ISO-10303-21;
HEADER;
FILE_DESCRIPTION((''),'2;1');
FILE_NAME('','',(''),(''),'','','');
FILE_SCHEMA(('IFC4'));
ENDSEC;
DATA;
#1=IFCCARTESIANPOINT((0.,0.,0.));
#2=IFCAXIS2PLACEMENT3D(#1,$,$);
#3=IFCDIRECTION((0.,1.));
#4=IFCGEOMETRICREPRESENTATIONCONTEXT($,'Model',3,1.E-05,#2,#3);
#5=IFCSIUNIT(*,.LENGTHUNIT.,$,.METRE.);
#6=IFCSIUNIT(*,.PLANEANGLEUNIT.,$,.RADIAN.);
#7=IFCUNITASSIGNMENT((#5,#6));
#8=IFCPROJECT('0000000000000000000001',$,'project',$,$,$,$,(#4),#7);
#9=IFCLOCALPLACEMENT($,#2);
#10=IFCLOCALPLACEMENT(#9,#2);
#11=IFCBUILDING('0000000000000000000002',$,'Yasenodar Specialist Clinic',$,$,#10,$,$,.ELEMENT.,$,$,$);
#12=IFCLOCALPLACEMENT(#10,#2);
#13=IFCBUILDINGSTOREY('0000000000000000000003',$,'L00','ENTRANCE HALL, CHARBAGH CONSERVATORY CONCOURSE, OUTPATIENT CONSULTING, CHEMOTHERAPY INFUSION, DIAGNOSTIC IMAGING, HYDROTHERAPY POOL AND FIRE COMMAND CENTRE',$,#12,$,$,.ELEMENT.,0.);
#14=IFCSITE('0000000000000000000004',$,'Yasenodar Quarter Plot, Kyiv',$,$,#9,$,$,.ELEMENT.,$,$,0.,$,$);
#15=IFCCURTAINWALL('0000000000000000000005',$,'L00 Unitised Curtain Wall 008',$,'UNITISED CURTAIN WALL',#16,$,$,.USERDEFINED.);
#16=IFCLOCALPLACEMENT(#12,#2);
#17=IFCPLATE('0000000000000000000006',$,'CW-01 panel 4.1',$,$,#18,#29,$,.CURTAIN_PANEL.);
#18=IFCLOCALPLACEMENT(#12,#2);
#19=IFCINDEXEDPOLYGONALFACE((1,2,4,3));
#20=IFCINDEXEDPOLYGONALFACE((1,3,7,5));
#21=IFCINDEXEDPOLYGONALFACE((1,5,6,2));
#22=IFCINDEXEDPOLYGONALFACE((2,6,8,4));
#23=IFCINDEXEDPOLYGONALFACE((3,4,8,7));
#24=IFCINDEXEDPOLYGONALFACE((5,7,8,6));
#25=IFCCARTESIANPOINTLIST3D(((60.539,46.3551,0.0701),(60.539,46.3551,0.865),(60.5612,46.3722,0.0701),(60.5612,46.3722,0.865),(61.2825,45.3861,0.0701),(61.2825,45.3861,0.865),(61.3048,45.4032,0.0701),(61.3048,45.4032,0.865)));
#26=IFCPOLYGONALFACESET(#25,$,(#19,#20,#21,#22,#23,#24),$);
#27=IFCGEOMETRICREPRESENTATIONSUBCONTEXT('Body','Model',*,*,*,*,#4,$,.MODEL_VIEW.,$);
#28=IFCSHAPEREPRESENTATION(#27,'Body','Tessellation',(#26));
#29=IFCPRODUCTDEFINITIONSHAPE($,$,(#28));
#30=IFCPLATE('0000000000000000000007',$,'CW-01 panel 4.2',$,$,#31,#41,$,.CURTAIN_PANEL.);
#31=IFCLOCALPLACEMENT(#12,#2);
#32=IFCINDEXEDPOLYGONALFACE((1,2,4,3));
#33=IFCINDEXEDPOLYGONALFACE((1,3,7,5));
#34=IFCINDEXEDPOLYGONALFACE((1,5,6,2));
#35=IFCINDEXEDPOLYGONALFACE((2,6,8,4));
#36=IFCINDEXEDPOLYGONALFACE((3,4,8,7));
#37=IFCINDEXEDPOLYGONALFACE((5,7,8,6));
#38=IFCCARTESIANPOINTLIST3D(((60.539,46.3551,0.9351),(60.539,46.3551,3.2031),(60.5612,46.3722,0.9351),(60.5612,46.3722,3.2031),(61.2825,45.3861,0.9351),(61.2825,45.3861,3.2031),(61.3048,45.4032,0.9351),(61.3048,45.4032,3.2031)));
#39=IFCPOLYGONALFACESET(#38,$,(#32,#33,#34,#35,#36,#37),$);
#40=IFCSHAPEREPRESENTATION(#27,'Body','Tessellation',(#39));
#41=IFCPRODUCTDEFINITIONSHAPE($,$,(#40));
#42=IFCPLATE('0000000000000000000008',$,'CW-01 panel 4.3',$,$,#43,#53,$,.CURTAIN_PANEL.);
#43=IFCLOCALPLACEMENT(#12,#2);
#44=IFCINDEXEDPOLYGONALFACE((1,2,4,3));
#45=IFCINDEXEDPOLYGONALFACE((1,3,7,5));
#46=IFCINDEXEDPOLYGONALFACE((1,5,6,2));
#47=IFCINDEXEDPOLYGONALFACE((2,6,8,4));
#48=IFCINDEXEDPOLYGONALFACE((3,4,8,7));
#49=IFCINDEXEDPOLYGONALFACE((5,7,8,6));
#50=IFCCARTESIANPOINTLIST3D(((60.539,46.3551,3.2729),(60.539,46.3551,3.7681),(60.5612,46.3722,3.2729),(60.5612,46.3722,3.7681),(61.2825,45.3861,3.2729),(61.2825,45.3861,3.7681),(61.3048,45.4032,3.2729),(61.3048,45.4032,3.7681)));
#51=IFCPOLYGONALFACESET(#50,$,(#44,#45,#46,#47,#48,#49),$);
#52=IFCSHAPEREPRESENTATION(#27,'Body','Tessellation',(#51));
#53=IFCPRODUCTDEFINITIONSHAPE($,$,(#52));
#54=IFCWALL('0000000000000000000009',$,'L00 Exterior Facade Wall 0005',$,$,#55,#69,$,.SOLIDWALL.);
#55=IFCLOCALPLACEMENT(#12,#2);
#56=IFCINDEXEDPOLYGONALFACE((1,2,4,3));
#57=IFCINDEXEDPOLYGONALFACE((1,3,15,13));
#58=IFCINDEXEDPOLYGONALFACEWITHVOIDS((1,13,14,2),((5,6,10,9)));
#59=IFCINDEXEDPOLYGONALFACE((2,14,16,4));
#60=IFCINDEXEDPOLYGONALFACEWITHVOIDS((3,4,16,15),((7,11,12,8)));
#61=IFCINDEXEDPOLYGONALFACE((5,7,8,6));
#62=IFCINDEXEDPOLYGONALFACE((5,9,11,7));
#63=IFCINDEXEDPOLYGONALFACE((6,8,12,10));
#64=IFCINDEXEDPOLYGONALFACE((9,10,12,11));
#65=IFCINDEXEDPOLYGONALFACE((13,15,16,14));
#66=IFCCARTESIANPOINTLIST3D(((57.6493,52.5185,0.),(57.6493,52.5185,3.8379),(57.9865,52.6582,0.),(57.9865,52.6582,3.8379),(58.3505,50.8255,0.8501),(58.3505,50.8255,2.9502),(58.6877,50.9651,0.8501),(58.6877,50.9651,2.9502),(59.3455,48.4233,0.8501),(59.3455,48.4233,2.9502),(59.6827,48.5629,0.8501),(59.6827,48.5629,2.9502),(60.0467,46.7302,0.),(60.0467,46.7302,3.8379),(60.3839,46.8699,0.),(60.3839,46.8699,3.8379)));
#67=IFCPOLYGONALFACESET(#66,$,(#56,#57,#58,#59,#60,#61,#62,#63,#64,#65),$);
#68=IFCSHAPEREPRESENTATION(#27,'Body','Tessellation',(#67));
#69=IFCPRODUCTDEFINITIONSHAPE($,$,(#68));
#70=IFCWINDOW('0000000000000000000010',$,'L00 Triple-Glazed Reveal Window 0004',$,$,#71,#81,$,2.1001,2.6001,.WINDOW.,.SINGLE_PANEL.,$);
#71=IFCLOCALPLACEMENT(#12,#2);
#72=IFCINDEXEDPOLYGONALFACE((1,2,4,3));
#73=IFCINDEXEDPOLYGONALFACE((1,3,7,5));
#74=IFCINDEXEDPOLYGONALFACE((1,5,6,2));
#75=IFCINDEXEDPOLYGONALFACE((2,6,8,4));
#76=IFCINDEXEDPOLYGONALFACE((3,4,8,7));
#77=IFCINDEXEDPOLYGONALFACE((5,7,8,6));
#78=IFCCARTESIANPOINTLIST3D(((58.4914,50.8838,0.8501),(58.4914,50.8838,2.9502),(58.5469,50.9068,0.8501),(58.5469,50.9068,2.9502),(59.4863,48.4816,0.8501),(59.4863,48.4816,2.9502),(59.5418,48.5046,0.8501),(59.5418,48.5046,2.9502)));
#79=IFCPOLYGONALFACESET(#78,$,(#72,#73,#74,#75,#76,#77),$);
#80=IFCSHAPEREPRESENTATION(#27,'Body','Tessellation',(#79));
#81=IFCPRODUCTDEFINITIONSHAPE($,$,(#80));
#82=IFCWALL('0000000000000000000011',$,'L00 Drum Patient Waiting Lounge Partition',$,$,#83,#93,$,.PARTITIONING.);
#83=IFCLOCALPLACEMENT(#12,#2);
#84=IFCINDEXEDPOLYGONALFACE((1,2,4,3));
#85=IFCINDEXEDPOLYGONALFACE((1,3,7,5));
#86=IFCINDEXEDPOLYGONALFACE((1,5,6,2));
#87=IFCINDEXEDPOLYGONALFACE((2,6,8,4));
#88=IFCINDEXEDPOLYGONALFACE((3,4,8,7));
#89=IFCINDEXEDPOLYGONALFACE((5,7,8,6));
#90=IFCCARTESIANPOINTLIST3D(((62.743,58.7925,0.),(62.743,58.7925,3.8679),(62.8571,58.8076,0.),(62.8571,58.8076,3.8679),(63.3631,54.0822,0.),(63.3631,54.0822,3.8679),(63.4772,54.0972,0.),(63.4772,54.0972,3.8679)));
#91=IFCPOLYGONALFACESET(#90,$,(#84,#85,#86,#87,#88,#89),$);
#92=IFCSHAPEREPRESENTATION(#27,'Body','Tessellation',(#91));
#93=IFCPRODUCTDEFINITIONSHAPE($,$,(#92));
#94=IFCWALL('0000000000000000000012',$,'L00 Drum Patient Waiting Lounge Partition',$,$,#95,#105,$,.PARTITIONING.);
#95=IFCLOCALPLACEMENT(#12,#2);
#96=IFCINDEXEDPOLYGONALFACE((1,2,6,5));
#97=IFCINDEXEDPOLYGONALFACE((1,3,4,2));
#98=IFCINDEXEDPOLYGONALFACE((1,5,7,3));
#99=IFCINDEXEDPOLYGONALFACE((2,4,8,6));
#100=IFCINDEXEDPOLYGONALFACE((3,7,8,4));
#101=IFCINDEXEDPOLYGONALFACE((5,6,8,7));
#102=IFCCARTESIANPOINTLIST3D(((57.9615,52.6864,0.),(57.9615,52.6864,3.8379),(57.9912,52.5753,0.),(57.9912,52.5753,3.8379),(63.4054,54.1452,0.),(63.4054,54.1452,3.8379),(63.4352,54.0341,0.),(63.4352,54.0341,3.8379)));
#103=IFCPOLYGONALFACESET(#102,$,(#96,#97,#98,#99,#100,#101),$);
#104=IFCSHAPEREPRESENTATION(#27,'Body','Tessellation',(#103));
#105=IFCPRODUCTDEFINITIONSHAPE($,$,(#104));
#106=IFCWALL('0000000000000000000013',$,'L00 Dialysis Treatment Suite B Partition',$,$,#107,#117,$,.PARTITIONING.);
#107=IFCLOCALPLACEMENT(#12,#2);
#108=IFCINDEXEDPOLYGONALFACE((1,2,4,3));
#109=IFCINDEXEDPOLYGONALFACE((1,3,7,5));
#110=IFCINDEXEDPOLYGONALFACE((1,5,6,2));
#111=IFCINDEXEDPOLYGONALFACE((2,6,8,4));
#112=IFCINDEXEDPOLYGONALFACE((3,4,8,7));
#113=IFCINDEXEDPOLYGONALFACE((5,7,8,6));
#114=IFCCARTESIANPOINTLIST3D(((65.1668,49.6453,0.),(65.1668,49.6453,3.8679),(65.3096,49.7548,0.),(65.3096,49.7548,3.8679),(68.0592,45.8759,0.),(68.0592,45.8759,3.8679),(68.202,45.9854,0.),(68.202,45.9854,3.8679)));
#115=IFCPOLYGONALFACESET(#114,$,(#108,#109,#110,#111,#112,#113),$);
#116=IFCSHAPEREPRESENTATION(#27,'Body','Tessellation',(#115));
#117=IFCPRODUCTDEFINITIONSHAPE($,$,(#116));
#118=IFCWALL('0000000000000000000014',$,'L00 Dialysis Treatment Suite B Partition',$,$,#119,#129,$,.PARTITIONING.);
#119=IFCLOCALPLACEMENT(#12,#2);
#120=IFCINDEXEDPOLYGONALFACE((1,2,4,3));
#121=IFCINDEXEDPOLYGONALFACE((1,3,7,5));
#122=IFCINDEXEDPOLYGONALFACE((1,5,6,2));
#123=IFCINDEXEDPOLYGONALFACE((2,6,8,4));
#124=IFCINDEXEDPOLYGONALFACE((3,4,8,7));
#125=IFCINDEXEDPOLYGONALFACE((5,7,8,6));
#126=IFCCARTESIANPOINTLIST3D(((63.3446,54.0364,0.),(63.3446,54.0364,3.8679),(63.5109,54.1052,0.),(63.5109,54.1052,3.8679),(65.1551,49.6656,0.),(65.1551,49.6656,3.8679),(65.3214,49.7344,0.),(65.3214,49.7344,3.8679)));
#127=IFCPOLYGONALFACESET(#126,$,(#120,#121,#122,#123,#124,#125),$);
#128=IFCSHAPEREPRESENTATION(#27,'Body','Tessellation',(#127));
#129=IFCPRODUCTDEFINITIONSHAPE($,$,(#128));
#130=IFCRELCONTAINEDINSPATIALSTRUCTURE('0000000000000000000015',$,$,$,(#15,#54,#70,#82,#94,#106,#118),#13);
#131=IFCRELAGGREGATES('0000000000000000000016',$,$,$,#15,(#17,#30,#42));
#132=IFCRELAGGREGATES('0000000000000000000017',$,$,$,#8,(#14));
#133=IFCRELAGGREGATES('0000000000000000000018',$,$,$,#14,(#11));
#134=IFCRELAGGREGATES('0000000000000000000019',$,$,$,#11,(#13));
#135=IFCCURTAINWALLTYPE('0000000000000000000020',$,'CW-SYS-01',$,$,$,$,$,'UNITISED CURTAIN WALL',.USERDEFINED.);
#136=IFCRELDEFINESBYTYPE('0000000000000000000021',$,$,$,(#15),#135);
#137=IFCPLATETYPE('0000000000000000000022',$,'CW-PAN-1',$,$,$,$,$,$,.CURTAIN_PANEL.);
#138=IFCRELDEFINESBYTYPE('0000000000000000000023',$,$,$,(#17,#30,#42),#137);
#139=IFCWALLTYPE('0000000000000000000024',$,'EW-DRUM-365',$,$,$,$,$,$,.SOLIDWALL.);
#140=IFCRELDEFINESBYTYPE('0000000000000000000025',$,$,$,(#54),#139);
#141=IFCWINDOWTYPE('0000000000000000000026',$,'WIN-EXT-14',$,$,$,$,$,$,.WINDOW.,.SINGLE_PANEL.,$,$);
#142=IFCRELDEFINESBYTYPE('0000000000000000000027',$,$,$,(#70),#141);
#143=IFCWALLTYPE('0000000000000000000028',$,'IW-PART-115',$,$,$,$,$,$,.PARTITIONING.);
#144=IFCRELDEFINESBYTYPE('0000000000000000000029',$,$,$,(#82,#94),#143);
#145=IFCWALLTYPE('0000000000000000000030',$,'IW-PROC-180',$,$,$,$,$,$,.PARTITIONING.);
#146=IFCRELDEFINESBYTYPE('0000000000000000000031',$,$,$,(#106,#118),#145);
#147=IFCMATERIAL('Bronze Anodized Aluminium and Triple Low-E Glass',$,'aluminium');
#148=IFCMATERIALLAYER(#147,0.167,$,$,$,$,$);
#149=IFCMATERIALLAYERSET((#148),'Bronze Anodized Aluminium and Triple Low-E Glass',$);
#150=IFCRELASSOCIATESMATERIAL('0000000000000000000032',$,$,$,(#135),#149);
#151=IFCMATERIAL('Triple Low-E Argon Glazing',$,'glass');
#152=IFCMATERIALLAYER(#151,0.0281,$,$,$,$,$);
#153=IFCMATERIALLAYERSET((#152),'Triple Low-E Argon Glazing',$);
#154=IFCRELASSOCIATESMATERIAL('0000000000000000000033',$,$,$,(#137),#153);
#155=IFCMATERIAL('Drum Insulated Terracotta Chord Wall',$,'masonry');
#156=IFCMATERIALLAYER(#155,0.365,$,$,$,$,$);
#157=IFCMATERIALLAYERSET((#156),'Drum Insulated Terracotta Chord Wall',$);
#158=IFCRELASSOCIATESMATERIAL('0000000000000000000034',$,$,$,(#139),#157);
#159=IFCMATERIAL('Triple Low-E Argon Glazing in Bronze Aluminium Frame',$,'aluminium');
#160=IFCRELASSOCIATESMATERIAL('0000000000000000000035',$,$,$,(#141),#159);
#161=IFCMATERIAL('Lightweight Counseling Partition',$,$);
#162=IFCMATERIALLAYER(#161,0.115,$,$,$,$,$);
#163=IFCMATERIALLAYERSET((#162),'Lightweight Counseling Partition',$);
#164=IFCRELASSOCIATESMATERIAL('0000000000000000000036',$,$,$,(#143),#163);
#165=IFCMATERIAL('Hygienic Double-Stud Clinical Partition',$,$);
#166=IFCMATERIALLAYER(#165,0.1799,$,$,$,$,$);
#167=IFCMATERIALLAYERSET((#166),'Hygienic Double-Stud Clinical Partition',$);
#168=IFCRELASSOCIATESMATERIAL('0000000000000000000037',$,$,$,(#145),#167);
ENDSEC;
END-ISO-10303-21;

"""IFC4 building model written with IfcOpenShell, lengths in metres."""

from ifc_helpers import new_model, si_unit, direction, frame, frame_2d, origin, origin_2d, place, context, subcontext, project, spatial, rectangle, extrude, material, layer, layer_set, type_object, element, fill, aggregate, save


model = new_model("IFC4")

# Units and contexts
model_context = context("Model", 3, precision=1e-05, world=origin(), true_north=direction((0.0, 1.0)))
body_context = subcontext(model_context, "Body", "Model", "MODEL_VIEW")
ifc_project = project(units=[si_unit("LENGTHUNIT", "METRE"), si_unit("PLANEANGLEUNIT", "RADIAN")], contexts=[model_context])

# Site, building, storey
site_placement = place(None, origin())
site = spatial("IfcSite", under=ifc_project, at=site_placement, Name="Yasenodar Quarter Plot, Kyiv", CompositionType="ELEMENT", RefElevation=0.0)
building_placement = place(site_placement, origin())
building = spatial("IfcBuilding", under=site, at=building_placement, Name="Yasenodar Specialist Clinic", CompositionType="ELEMENT")
storey_placement = place(building_placement, origin())
storey = spatial("IfcBuildingStorey", under=building, at=storey_placement, Name="L00", Description="ENTRANCE HALL, CHARBAGH CONSERVATORY CONCOURSE, OUTPATIENT CONSULTING, CHEMOTHERAPY INFUSION, DIAGNOSTIC IMAGING, HYDROTHERAPY POOL AND FIRE COMMAND CENTRE", CompositionType="ELEMENT", Elevation=0.0)

# Curtain wall, plates
ifc_material_1 = material(Name="Bronze Anodized Aluminium and Triple Low-E Glass", Category="aluminium")
ifc_layer_1 = layer(ifc_material_1, 0.167)
ifc_layer_set_1 = layer_set([ifc_layer_1], Name="Bronze Anodized Aluminium and Triple Low-E Glass")
curtain_wall_type = type_object("IfcCurtainWallType", Name="CW-SYS-01", ElementType="UNITISED CURTAIN WALL", PredefinedType="USERDEFINED", material=ifc_layer_set_1)
curtain_wall_placement = place(storey_placement, origin())
curtain_wall = element("IfcCurtainWall", 1, at=curtain_wall_placement, inside=storey, type_object=curtain_wall_type, Name="L00 Unitised Curtain Wall 008", ObjectType="UNITISED CURTAIN WALL", PredefinedType="USERDEFINED")
ifc_material_2 = material(Name="Triple Low-E Argon Glazing", Category="glass")
ifc_layer_2 = layer(ifc_material_2, 0.0281)
ifc_layer_set_2 = layer_set([ifc_layer_2], Name="Triple Low-E Argon Glazing")
plate_type = type_object("IfcPlateType", Name="CW-PAN-1", PredefinedType="CURTAIN_PANEL", material=ifc_layer_set_2)
plate_1_placement = place(storey_placement, frame((60.9219, 45.8792, 0.0701), z_axis=(0.0, 0.0, 1.0), x_axis=(-0.608752, 0.793361, 0.0)))
plate_1 = element("IfcPlate", 2, at=plate_1_placement, type_object=plate_type, Name="CW-01 panel 4.1", PredefinedType="CURTAIN_PANEL", context=body_context, shape_type="SweptSolid", body=[
    extrude(rectangle(XDim=1.2214, YDim=0.0281, at=origin_2d()), origin(), (0.0, 0.0, 1.0), 0.7949),
])
plate_2_placement = place(storey_placement, frame((60.9219, 45.8792, 0.9351), z_axis=(0.0, 0.0, 1.0), x_axis=(-0.608752, 0.793361, 0.0)))
plate_2 = element("IfcPlate", 3, at=plate_2_placement, type_object=plate_type, Name="CW-01 panel 4.2", PredefinedType="CURTAIN_PANEL", context=body_context, shape_type="SweptSolid", body=[
    extrude(rectangle(XDim=1.2214, YDim=0.0281, at=origin_2d()), origin(), (0.0, 0.0, 1.0), 2.2681),
])
plate_3_placement = place(storey_placement, frame((60.9219, 45.8792, 3.2729), z_axis=(0.0, 0.0, 1.0), x_axis=(-0.608752, 0.793361, 0.0)))
plate_3 = element("IfcPlate", 4, at=plate_3_placement, type_object=plate_type, Name="CW-01 panel 4.3", PredefinedType="CURTAIN_PANEL", context=body_context, shape_type="SweptSolid", body=[
    extrude(rectangle(XDim=1.2214, YDim=0.0281, at=origin_2d()), origin(), (0.0, 0.0, 1.0), 0.4951),
])
aggregate(curtain_wall, [plate_1, plate_2, plate_3])

# Wall, opening, window
ifc_material_3 = material(Name="Drum Insulated Terracotta Chord Wall", Category="masonry")
ifc_layer_3 = layer(ifc_material_3, 0.365)
ifc_layer_set_3 = layer_set([ifc_layer_3], Name="Drum Insulated Terracotta Chord Wall")
wall_type_1 = type_object("IfcWallType", Name="EW-DRUM-365", PredefinedType="SOLIDWALL", material=ifc_layer_set_3)
wall_1_placement = place(storey_placement, frame((60.2153, 46.8, 0.0), z_axis=(0.0, 0.0, 1.0), x_axis=(-0.382664, 0.923888, 0.0)))
wall_1 = element("IfcWall", 5, at=wall_1_placement, inside=storey, type_object=wall_type_1, Name="L00 Exterior Facade Wall 0005", PredefinedType="SOLIDWALL", context=body_context, shape_type="SweptSolid", body=[
    extrude(rectangle(XDim=6.2651, YDim=0.365, at=frame_2d((3.1326, 0.0))), origin(), (0.0, 0.0, 1.0), 3.8379),
])
opening_placement = place(wall_1_placement, frame((1.8325, 0.0, 0.8501)))
opening = element("IfcOpeningElement", 6, at=opening_placement, cuts=wall_1, PredefinedType="OPENING", context=body_context, shape_type="SweptSolid", body=[
    extrude(rectangle(XDim=2.6001, YDim=2.1001, at=frame_2d((1.3, 1.05))), frame((0.0, 0.1924, 0.0), z_axis=(0.0, -1.0, 0.0), x_axis=(1.0, 0.0, 0.0)), (0.0, 0.0, 1.0), 0.385),
])
ifc_material_4 = material(Name="Triple Low-E Argon Glazing in Bronze Aluminium Frame", Category="aluminium")
window_type = type_object("IfcWindowType", Name="WIN-EXT-14", PartitioningType="SINGLE_PANEL", PredefinedType="WINDOW", material=ifc_material_4)
window_placement = place(opening_placement, origin())
window = element("IfcWindow", 7, at=window_placement, inside=storey, type_object=window_type, Name="L00 Triple-Glazed Reveal Window 0004", OverallHeight=2.1001, OverallWidth=2.6001, PartitioningType="SINGLE_PANEL", PredefinedType="WINDOW", context=body_context, shape_type="SweptSolid", body=[
    extrude(rectangle(XDim=2.6001, YDim=2.1001, at=frame_2d((1.3, 1.05))), frame((0.0, 0.03, 0.0), z_axis=(0.0, -1.0, 0.0), x_axis=(1.0, 0.0, 0.0)), (0.0, 0.0, 1.0), 0.0601),
])
fill(opening, window)

# Walls
ifc_material_5 = material(Name="Lightweight Counseling Partition")
ifc_layer_4 = layer(ifc_material_5, 0.115)
ifc_layer_set_4 = layer_set([ifc_layer_4], Name="Lightweight Counseling Partition")
wall_type_2 = type_object("IfcWallType", Name="IW-PART-115", PredefinedType="PARTITIONING", material=ifc_layer_set_4)
wall_2_placement = place(storey_placement, frame((62.8, 58.8, 0.0), z_axis=(0.0, 0.0, 1.0), x_axis=(0.130521, -0.991446, 0.0)))
element("IfcWall", 8, at=wall_2_placement, inside=storey, type_object=wall_type_2, Name="L00 Drum Patient Waiting Lounge Partition", PredefinedType="PARTITIONING", context=body_context, shape_type="SweptSolid", body=[
    extrude(rectangle(XDim=4.751, YDim=0.115, at=frame_2d((2.3755, 0.0))), origin(), (0.0, 0.0, 1.0), 3.8679),
])
wall_3_placement = place(storey_placement, frame((63.4202, 54.0896, 0.0), z_axis=(0.0, 0.0, 1.0), x_axis=(-0.965923, -0.25883, 0.0)))
element("IfcWall", 9, at=wall_3_placement, inside=storey, type_object=wall_type_2, Name="L00 Drum Patient Waiting Lounge Partition", PredefinedType="PARTITIONING", context=body_context, shape_type="SweptSolid", body=[
    extrude(rectangle(XDim=5.636, YDim=0.115, at=frame_2d((2.8179, 0.0))), origin(), (0.0, 0.0, 1.0), 3.8379),
])
ifc_material_6 = material(Name="Hygienic Double-Stud Clinical Partition")
ifc_layer_5 = layer(ifc_material_6, 0.1799)
ifc_layer_set_5 = layer_set([ifc_layer_5], Name="Hygienic Double-Stud Clinical Partition")
wall_type_3 = type_object("IfcWallType", Name="IW-PROC-180", PredefinedType="PARTITIONING", material=ifc_layer_set_5)
wall_4_placement = place(storey_placement, frame((65.2383, 49.7, 0.0), z_axis=(0.0, 0.0, 1.0), x_axis=(0.608769, -0.793347, 0.0)))
element("IfcWall", 10, at=wall_4_placement, inside=storey, type_object=wall_type_3, Name="L00 Dialysis Treatment Suite B Partition", PredefinedType="PARTITIONING", context=body_context, shape_type="SweptSolid", body=[
    extrude(rectangle(XDim=4.7512, YDim=0.1799, at=frame_2d((2.3755, 0.0))), origin(), (0.0, 0.0, 1.0), 3.8679),
])
wall_5_placement = place(storey_placement, frame((63.4277, 54.0708, 0.0), z_axis=(0.0, 0.0, 1.0), x_axis=(0.382698, -0.923873, 0.0)))
element("IfcWall", 11, at=wall_5_placement, inside=storey, type_object=wall_type_3, Name="L00 Dialysis Treatment Suite B Partition", PredefinedType="PARTITIONING", context=body_context, shape_type="SweptSolid", body=[
    extrude(rectangle(XDim=4.731, YDim=0.1799, at=frame_2d((2.3655, 0.0))), origin(), (0.0, 0.0, 1.0), 3.8679),
])

save(model, "model.ifc")
